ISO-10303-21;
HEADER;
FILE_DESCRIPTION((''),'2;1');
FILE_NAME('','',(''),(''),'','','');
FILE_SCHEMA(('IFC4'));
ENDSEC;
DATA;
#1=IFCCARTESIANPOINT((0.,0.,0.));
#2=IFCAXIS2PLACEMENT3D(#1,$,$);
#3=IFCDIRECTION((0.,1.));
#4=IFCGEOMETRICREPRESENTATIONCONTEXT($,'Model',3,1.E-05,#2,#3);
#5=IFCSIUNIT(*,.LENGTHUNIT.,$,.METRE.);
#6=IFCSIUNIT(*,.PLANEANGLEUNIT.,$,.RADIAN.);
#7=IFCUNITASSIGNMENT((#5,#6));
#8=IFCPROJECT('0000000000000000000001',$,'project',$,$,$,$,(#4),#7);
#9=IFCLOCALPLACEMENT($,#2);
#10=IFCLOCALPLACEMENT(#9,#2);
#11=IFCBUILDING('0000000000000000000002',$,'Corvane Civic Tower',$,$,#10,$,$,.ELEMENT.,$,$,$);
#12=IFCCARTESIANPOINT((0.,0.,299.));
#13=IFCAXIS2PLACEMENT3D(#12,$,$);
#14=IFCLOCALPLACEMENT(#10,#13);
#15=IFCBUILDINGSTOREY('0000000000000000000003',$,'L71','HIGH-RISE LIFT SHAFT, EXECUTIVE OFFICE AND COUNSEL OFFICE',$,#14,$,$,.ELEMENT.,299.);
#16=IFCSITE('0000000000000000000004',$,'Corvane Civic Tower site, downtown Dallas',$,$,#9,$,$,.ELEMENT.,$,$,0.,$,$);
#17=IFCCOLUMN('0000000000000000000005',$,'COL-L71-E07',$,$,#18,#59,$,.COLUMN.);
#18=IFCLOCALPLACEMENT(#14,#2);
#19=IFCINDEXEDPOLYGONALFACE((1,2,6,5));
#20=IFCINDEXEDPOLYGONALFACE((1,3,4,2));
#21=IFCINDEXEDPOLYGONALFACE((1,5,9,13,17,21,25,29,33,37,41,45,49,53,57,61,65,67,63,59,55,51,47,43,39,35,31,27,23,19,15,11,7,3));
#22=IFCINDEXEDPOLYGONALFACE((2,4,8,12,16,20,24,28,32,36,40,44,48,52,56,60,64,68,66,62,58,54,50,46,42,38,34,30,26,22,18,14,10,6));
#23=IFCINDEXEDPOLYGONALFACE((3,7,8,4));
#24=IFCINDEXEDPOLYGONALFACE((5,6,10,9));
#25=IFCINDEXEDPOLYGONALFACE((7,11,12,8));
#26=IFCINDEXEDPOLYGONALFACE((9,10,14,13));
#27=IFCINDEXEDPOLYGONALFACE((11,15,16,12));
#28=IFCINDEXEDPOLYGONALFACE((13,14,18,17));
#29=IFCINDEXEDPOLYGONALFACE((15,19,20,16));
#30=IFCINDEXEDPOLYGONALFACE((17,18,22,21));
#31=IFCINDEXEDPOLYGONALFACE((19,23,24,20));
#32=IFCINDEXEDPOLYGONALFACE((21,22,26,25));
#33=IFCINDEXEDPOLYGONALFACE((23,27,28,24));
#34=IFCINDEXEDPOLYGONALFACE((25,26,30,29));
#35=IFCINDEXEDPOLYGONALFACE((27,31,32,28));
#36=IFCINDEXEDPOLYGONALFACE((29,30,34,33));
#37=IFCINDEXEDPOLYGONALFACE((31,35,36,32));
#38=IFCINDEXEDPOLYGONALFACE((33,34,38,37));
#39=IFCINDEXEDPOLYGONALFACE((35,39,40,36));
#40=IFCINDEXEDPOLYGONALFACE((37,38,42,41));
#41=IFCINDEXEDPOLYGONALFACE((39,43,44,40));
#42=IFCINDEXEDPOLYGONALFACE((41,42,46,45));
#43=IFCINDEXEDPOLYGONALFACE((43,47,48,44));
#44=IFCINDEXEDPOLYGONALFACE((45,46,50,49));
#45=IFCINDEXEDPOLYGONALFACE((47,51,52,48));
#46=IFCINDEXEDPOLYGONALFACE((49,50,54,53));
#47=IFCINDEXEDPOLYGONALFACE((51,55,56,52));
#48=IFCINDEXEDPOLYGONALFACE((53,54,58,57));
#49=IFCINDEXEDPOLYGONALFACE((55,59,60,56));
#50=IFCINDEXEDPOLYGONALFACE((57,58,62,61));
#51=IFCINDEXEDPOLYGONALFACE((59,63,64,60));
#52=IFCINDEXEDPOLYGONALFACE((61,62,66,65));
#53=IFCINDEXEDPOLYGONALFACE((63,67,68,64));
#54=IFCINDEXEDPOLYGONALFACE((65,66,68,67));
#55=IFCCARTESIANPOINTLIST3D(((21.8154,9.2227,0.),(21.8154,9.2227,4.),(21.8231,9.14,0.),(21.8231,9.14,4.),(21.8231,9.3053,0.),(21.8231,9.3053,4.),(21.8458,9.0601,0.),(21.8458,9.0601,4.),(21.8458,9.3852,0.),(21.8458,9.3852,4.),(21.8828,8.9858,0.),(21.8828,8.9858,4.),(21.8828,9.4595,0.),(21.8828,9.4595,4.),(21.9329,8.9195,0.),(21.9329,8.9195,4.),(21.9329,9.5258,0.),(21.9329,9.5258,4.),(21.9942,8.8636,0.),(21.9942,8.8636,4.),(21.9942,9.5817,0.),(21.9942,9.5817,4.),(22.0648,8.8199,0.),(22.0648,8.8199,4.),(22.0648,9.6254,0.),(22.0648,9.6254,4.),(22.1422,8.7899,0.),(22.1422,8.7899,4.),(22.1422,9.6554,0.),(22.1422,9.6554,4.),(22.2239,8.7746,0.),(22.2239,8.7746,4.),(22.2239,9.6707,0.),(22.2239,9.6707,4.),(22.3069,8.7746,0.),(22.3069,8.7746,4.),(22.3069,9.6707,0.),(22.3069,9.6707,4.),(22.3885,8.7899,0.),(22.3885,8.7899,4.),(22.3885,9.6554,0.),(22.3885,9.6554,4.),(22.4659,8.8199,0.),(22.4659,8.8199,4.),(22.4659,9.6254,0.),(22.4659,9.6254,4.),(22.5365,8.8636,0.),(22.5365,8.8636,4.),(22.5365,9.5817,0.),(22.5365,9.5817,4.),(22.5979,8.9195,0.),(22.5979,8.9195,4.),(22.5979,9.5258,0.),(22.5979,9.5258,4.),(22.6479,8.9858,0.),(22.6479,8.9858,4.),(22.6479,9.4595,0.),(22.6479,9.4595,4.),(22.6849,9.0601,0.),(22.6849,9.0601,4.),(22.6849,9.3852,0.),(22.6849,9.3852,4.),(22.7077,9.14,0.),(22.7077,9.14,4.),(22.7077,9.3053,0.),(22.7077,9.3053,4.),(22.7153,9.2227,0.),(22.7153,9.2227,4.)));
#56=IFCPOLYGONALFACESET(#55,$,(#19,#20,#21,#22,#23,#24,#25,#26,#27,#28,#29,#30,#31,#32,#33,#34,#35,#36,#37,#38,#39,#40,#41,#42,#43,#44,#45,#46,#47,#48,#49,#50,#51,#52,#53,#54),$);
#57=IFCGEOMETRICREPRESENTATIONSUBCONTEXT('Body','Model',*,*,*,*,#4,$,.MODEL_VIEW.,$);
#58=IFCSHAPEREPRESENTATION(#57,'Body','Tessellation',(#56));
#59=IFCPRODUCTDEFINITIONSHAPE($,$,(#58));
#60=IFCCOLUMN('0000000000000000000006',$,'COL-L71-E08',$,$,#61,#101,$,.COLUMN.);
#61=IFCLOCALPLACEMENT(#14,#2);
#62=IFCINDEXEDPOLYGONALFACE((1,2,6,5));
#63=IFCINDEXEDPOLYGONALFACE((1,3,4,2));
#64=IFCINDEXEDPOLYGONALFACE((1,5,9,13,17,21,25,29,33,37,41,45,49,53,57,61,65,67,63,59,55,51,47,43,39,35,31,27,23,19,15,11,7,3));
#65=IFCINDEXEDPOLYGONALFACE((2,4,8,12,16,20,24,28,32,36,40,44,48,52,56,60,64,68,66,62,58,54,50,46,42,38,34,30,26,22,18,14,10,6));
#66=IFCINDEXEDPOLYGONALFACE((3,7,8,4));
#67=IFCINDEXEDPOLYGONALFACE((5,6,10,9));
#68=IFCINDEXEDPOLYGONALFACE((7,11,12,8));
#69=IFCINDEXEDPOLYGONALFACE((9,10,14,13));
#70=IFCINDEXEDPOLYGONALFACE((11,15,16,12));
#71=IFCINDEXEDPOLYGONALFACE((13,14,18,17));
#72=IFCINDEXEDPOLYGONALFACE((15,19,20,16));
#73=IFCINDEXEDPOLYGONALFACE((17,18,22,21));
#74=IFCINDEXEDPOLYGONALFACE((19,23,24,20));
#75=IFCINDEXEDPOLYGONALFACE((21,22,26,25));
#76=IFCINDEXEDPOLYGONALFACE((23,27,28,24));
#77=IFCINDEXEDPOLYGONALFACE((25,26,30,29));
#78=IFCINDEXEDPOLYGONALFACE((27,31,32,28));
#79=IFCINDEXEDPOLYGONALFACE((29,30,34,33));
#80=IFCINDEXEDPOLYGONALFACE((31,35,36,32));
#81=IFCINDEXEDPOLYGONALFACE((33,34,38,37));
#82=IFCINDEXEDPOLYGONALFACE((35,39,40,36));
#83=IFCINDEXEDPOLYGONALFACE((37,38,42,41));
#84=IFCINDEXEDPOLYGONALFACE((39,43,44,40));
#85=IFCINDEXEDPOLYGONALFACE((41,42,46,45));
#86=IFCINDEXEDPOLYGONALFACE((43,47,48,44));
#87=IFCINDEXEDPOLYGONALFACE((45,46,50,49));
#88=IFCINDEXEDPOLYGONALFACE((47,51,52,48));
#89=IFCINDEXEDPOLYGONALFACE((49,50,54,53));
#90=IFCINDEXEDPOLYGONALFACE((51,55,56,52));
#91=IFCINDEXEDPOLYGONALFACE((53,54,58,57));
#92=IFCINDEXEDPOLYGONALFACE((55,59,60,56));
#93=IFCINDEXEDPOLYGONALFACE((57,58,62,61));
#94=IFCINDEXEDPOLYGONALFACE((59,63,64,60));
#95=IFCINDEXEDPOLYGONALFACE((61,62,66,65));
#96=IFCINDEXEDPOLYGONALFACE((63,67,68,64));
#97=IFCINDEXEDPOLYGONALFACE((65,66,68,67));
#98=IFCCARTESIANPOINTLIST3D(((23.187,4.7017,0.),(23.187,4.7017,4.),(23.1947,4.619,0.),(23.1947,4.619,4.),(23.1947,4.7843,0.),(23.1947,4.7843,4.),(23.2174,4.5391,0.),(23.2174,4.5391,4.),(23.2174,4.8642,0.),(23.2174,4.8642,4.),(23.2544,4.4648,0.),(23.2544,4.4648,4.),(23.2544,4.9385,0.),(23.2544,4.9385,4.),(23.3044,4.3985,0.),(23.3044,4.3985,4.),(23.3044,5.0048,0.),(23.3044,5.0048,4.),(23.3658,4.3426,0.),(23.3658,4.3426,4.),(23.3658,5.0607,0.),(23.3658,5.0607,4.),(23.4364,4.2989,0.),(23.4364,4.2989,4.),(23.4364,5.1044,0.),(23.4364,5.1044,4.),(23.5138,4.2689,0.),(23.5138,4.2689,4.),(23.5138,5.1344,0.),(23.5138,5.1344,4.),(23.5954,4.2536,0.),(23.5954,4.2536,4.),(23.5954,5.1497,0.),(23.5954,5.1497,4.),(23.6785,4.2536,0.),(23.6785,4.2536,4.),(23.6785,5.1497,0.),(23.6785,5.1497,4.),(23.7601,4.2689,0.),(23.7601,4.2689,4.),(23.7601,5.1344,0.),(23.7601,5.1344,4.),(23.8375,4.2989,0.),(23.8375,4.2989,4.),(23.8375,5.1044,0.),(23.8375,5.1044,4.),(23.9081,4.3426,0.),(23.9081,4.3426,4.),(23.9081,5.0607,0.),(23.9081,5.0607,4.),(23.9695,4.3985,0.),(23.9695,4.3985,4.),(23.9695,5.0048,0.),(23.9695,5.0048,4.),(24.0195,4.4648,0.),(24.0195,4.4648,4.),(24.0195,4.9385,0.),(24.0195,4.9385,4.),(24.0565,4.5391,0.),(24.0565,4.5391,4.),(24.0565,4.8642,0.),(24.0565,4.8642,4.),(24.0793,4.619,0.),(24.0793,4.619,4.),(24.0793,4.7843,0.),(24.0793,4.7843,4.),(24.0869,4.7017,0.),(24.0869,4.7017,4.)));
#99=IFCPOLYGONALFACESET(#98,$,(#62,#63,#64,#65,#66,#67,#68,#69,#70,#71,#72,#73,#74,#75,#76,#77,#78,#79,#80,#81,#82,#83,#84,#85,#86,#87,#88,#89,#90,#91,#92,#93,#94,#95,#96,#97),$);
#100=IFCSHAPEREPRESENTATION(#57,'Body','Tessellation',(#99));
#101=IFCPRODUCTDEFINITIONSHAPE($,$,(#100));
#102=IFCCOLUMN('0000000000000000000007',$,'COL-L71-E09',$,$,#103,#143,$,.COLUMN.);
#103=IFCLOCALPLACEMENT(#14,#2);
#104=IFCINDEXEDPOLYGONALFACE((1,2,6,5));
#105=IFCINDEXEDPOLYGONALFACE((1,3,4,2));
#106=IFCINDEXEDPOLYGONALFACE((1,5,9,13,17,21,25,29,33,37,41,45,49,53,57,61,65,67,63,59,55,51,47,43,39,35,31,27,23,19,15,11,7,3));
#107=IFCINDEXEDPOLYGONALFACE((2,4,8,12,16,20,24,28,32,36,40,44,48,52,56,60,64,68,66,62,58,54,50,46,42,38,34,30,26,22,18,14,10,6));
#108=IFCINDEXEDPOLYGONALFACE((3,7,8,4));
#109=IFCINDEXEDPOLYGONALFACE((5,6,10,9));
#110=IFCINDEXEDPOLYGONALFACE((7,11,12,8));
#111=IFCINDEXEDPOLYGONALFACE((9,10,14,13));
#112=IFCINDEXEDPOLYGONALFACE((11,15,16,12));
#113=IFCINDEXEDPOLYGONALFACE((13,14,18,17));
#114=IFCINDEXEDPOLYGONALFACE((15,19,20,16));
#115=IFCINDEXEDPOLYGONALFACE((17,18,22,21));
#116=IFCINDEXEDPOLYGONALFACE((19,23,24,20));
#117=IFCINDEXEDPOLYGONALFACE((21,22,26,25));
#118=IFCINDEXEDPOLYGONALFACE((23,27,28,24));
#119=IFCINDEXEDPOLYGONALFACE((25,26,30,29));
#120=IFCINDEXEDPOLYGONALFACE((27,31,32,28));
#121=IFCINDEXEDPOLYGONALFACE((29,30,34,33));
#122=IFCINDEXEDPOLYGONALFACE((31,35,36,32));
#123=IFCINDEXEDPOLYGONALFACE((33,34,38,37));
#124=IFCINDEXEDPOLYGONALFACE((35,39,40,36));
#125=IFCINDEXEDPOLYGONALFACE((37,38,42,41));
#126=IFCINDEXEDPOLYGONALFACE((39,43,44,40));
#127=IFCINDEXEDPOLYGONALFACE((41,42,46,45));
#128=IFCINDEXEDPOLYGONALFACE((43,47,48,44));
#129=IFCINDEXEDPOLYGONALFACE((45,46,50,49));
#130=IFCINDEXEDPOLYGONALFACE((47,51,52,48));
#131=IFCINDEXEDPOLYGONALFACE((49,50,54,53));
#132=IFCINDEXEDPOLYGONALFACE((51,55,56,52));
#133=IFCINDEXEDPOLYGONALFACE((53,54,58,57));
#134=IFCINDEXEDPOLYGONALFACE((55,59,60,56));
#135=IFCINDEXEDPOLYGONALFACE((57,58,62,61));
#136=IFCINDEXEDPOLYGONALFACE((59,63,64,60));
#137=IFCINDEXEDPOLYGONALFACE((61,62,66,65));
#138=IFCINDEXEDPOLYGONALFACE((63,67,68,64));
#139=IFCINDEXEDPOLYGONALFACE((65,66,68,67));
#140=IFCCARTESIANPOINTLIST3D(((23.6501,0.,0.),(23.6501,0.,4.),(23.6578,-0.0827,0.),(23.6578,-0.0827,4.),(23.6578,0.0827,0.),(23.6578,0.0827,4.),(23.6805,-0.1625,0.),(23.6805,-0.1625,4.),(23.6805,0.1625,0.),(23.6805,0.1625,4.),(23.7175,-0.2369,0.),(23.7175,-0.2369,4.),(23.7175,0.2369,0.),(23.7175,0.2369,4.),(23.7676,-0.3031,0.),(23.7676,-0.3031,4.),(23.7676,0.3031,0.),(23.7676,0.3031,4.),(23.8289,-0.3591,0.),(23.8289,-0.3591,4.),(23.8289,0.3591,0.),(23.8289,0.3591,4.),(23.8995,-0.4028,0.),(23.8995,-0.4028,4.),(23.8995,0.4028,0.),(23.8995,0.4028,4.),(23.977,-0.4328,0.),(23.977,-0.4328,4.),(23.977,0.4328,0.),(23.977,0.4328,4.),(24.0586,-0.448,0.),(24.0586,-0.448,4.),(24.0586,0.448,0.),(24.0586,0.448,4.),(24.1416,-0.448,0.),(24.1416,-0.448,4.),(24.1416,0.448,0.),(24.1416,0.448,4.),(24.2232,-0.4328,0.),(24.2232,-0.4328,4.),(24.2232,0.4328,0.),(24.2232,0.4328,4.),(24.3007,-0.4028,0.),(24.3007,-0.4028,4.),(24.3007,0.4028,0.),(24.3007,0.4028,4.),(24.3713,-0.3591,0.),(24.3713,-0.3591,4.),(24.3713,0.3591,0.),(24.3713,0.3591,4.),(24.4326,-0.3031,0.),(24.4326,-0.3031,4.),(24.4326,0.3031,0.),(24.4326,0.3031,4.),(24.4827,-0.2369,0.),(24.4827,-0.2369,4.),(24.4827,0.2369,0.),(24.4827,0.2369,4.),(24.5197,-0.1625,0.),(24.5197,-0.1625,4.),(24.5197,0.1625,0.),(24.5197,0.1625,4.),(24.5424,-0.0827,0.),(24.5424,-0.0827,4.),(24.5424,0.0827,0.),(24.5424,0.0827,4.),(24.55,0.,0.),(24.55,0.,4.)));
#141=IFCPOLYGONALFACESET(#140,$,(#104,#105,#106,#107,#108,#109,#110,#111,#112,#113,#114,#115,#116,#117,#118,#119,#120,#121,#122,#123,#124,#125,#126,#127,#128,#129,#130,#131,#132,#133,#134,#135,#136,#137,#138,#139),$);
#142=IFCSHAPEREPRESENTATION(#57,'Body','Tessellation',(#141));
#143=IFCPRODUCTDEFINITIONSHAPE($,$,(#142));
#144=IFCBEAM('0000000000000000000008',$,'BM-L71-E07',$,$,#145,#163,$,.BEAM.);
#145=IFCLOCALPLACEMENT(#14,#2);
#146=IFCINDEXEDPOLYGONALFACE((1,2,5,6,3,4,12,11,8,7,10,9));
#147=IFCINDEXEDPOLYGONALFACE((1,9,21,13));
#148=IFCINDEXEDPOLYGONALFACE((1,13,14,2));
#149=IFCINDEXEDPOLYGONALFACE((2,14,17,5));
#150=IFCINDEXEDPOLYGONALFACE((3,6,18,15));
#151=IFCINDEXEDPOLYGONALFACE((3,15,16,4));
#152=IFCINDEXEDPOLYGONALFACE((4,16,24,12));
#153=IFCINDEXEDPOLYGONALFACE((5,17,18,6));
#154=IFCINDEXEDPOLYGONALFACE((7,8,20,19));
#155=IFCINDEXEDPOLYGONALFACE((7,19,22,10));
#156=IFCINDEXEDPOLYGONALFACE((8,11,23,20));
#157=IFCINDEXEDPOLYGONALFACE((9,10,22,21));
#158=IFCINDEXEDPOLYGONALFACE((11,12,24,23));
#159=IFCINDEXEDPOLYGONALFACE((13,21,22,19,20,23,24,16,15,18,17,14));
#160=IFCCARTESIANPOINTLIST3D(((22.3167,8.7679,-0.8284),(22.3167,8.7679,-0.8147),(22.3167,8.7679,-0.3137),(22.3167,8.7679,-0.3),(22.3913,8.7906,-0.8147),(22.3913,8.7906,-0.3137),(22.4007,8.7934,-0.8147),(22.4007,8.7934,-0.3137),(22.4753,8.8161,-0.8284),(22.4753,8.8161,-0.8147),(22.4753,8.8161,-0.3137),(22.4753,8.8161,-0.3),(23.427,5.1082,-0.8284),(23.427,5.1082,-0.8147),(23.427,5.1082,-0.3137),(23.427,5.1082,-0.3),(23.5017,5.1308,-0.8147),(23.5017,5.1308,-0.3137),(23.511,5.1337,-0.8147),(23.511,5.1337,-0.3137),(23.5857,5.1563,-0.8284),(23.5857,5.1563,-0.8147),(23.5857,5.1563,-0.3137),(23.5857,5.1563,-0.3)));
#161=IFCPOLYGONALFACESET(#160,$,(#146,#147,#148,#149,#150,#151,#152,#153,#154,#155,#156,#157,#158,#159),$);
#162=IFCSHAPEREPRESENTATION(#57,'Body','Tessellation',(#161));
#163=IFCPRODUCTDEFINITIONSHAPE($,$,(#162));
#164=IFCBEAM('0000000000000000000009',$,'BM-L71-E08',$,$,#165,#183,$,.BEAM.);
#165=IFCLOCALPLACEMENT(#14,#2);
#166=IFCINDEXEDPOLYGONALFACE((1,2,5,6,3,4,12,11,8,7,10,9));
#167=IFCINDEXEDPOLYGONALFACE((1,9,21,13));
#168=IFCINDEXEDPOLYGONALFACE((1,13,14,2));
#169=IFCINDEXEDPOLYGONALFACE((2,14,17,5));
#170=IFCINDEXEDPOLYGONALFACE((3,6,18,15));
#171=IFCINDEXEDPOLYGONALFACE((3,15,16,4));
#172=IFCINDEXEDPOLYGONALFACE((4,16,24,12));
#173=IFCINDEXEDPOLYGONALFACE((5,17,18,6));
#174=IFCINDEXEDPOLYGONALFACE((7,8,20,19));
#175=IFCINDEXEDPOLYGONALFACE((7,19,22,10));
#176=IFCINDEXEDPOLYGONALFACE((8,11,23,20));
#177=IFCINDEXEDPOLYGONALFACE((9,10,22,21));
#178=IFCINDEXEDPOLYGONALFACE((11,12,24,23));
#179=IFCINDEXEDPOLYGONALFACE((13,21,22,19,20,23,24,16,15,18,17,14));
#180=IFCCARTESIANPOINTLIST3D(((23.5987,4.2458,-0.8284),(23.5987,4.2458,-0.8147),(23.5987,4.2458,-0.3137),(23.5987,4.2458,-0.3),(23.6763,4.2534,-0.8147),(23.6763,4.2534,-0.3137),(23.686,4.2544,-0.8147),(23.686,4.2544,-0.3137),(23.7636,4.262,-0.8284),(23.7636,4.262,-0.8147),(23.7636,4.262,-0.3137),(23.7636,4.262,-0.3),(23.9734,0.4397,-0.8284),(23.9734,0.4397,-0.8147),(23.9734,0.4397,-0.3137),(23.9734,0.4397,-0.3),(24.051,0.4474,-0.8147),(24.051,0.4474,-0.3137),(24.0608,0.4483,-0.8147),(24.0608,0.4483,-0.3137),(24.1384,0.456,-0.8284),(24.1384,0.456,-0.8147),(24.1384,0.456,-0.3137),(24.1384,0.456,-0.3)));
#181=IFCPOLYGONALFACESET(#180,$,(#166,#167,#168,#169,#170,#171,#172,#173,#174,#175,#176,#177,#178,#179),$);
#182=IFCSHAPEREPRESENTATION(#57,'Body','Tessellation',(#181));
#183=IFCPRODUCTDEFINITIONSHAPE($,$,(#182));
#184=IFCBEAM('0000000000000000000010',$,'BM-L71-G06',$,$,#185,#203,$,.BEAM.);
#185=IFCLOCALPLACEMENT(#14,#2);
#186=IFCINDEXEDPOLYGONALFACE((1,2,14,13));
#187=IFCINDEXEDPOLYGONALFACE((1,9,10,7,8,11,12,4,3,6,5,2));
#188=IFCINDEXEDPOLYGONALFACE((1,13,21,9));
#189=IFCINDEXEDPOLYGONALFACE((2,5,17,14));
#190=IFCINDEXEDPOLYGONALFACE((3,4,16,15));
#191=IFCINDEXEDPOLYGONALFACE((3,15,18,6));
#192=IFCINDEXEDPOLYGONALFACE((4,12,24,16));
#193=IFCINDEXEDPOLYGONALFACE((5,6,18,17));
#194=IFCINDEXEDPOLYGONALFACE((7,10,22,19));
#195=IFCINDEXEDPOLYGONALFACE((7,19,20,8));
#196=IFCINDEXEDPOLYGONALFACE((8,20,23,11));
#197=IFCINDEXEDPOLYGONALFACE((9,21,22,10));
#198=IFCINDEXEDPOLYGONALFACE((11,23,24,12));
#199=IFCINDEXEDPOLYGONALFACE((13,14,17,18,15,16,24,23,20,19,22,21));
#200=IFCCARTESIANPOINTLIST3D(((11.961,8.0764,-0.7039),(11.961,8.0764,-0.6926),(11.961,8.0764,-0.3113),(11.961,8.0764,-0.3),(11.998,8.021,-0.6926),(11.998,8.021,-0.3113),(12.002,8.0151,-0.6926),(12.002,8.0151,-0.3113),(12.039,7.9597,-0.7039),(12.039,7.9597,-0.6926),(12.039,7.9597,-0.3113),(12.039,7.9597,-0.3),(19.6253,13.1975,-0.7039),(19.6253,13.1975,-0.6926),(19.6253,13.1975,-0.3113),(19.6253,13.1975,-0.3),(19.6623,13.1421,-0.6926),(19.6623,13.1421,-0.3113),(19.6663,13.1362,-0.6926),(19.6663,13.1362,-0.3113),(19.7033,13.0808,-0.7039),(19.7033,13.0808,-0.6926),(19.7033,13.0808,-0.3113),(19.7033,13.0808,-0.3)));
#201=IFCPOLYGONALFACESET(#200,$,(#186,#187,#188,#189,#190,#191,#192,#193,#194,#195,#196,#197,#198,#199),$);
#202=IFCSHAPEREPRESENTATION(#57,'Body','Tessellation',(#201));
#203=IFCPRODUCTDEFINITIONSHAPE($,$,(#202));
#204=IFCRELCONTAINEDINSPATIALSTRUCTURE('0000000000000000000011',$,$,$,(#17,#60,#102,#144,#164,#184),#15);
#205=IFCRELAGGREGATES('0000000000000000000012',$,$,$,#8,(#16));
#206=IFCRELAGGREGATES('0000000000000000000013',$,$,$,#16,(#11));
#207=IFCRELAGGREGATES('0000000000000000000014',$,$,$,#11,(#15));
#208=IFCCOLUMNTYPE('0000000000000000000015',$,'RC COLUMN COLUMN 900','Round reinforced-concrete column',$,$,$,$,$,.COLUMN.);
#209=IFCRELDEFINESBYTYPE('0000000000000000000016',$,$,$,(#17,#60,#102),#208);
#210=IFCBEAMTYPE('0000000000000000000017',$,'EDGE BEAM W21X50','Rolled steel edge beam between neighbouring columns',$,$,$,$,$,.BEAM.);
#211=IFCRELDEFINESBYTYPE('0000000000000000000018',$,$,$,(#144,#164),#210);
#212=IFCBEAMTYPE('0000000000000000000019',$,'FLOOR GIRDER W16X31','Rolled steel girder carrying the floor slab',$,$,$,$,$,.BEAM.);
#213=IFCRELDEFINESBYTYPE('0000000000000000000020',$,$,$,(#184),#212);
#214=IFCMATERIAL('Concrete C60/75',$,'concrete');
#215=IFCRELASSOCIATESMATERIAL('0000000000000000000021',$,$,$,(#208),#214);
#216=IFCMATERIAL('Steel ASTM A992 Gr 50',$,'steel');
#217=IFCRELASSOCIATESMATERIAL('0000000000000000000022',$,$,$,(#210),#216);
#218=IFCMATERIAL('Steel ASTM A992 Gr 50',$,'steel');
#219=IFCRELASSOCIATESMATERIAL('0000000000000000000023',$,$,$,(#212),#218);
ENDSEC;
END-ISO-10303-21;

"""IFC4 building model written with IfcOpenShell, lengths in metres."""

from ifc_helpers import new_model, si_unit, direction, frame, origin, origin_2d, place, context, subcontext, project, spatial, circle, i_section, extrude, material, material_profile, profile_set, type_object, element, save


model = new_model("IFC4")

# Units and contexts
model_context = context("Model", 3, precision=1e-05, world=origin(), true_north=direction((0.0, 1.0)))
body_context = subcontext(model_context, "Body", "Model", "MODEL_VIEW")
ifc_project = project(units=[si_unit("LENGTHUNIT", "METRE"), si_unit("PLANEANGLEUNIT", "RADIAN")], contexts=[model_context])

# Site, building, storey
site_placement = place(None, origin())
site = spatial("IfcSite", under=ifc_project, at=site_placement, Name="Corvane Civic Tower site, downtown Dallas", CompositionType="ELEMENT", RefElevation=0.0)
building_placement = place(site_placement, origin())
building = spatial("IfcBuilding", under=site, at=building_placement, Name="Corvane Civic Tower", CompositionType="ELEMENT")
storey_placement = place(building_placement, frame((0.0, 0.0, 299.0)))
storey = spatial("IfcBuildingStorey", under=building, at=storey_placement, Name="L71", Description="HIGH-RISE LIFT SHAFT, EXECUTIVE OFFICE AND COUNSEL OFFICE", CompositionType="ELEMENT", Elevation=299.0)

# Columns
ifc_material_1 = material(Name="Concrete C60/75", Category="concrete")
ifc_material_profile_1 = material_profile(ifc_material_1, circle(Radius=0.45, at=origin_2d()), Name="COLUMN 900")
ifc_profile_set_1 = profile_set([ifc_material_profile_1], Name="Concrete C60/75")
column_type = type_object("IfcColumnType", Name="RC COLUMN COLUMN 900", Description="Round reinforced-concrete column", PredefinedType="COLUMN", material=ifc_profile_set_1)
for number, where, z_axis, x_axis, name in (
    (1, (22.2654, 9.2227, 0.0), (0.0, 0.0, 1.0), (1.0, 0.0, 0.0), "COL-L71-E07"),
    (2, (23.637, 4.7017, 0.0), (0.0, 0.0, 1.0), (1.0, 0.0, 0.0), "COL-L71-E08"),
    (3, (24.1001, 0.0, 0.0), (0.0, 0.0, 1.0), (1.0, 0.0, 0.0), "COL-L71-E09"),
):
    element("IfcColumn", number, at=place(storey_placement, frame(where, z_axis=z_axis, x_axis=x_axis)), inside=storey, type_object=column_type, Name=name, PredefinedType="COLUMN", context=body_context, shape_type="SweptSolid", body=[
        extrude(circle(Radius=0.45, at=origin_2d()), origin(), (0.0, 0.0, 1.0), 4.0),
    ])

# Beams
ifc_material_2 = material(Name="Steel ASTM A992 Gr 50", Category="steel")
ifc_material_profile_2 = material_profile(ifc_material_2, i_section(OverallWidth=0.1658, OverallDepth=0.5283, WebThickness=0.0098, FlangeThickness=0.0137, at=origin_2d()), Name="W21X50")
ifc_profile_set_2 = profile_set([ifc_material_profile_2], Name="Steel ASTM A992 Gr 50")
beam_type_1 = type_object("IfcBeamType", Name="EDGE BEAM W21X50", Description="Rolled steel edge beam between neighbouring columns", PredefinedType="BEAM", material=ifc_profile_set_2)
for number, where, z_axis, x_axis, name in (
    (4, (22.396, 8.792, -0.5642), (0.290333, -0.956926, 0.0), (0.956926, 0.290333, 0.0), "BM-L71-E07"),
    (5, (23.6812, 4.2539, -0.5642), (0.097987, -0.995188, 0.0), (0.995188, 0.097987, 0.0), "BM-L71-E08"),
):
    element("IfcBeam", number, at=place(storey_placement, frame(where, z_axis=z_axis, x_axis=x_axis)), inside=storey, type_object=beam_type_1, Name=name, PredefinedType="BEAM", context=body_context, shape_type="SweptSolid", body=[
        extrude(i_section(OverallWidth=0.1658, OverallDepth=0.5283, WebThickness=0.0098, FlangeThickness=0.0137, at=origin_2d()), origin(), (0.0, 0.0, 1.0), 3.8245),
    ])
ifc_material_3 = material(Name="Steel ASTM A992 Gr 50", Category="steel")
ifc_material_profile_3 = material_profile(ifc_material_3, i_section(OverallWidth=0.1404, OverallDepth=0.4038, WebThickness=0.0071, FlangeThickness=0.0112, at=origin_2d()), Name="W16X31")
ifc_profile_set_3 = profile_set([ifc_material_profile_3], Name="Steel ASTM A992 Gr 50")
beam_type_2 = type_object("IfcBeamType", Name="FLOOR GIRDER W16X31", Description="Rolled steel girder carrying the floor slab", PredefinedType="BEAM", material=ifc_profile_set_3)
beam_1_placement = place(storey_placement, frame((12.0, 8.0181, -0.502), z_axis=(0.831471, 0.555568, 0.0), x_axis=(-0.555568, 0.831471, 0.0)))
element("IfcBeam", 6, at=beam_1_placement, inside=storey, type_object=beam_type_2, Name="BM-L71-G06", PredefinedType="BEAM", context=body_context, shape_type="SweptSolid", body=[
    extrude(i_section(OverallWidth=0.1404, OverallDepth=0.4038, WebThickness=0.0071, FlangeThickness=0.0112, at=origin_2d()), origin(), (0.0, 0.0, 1.0), 9.2178),
])

save(model, "model.ifc")
